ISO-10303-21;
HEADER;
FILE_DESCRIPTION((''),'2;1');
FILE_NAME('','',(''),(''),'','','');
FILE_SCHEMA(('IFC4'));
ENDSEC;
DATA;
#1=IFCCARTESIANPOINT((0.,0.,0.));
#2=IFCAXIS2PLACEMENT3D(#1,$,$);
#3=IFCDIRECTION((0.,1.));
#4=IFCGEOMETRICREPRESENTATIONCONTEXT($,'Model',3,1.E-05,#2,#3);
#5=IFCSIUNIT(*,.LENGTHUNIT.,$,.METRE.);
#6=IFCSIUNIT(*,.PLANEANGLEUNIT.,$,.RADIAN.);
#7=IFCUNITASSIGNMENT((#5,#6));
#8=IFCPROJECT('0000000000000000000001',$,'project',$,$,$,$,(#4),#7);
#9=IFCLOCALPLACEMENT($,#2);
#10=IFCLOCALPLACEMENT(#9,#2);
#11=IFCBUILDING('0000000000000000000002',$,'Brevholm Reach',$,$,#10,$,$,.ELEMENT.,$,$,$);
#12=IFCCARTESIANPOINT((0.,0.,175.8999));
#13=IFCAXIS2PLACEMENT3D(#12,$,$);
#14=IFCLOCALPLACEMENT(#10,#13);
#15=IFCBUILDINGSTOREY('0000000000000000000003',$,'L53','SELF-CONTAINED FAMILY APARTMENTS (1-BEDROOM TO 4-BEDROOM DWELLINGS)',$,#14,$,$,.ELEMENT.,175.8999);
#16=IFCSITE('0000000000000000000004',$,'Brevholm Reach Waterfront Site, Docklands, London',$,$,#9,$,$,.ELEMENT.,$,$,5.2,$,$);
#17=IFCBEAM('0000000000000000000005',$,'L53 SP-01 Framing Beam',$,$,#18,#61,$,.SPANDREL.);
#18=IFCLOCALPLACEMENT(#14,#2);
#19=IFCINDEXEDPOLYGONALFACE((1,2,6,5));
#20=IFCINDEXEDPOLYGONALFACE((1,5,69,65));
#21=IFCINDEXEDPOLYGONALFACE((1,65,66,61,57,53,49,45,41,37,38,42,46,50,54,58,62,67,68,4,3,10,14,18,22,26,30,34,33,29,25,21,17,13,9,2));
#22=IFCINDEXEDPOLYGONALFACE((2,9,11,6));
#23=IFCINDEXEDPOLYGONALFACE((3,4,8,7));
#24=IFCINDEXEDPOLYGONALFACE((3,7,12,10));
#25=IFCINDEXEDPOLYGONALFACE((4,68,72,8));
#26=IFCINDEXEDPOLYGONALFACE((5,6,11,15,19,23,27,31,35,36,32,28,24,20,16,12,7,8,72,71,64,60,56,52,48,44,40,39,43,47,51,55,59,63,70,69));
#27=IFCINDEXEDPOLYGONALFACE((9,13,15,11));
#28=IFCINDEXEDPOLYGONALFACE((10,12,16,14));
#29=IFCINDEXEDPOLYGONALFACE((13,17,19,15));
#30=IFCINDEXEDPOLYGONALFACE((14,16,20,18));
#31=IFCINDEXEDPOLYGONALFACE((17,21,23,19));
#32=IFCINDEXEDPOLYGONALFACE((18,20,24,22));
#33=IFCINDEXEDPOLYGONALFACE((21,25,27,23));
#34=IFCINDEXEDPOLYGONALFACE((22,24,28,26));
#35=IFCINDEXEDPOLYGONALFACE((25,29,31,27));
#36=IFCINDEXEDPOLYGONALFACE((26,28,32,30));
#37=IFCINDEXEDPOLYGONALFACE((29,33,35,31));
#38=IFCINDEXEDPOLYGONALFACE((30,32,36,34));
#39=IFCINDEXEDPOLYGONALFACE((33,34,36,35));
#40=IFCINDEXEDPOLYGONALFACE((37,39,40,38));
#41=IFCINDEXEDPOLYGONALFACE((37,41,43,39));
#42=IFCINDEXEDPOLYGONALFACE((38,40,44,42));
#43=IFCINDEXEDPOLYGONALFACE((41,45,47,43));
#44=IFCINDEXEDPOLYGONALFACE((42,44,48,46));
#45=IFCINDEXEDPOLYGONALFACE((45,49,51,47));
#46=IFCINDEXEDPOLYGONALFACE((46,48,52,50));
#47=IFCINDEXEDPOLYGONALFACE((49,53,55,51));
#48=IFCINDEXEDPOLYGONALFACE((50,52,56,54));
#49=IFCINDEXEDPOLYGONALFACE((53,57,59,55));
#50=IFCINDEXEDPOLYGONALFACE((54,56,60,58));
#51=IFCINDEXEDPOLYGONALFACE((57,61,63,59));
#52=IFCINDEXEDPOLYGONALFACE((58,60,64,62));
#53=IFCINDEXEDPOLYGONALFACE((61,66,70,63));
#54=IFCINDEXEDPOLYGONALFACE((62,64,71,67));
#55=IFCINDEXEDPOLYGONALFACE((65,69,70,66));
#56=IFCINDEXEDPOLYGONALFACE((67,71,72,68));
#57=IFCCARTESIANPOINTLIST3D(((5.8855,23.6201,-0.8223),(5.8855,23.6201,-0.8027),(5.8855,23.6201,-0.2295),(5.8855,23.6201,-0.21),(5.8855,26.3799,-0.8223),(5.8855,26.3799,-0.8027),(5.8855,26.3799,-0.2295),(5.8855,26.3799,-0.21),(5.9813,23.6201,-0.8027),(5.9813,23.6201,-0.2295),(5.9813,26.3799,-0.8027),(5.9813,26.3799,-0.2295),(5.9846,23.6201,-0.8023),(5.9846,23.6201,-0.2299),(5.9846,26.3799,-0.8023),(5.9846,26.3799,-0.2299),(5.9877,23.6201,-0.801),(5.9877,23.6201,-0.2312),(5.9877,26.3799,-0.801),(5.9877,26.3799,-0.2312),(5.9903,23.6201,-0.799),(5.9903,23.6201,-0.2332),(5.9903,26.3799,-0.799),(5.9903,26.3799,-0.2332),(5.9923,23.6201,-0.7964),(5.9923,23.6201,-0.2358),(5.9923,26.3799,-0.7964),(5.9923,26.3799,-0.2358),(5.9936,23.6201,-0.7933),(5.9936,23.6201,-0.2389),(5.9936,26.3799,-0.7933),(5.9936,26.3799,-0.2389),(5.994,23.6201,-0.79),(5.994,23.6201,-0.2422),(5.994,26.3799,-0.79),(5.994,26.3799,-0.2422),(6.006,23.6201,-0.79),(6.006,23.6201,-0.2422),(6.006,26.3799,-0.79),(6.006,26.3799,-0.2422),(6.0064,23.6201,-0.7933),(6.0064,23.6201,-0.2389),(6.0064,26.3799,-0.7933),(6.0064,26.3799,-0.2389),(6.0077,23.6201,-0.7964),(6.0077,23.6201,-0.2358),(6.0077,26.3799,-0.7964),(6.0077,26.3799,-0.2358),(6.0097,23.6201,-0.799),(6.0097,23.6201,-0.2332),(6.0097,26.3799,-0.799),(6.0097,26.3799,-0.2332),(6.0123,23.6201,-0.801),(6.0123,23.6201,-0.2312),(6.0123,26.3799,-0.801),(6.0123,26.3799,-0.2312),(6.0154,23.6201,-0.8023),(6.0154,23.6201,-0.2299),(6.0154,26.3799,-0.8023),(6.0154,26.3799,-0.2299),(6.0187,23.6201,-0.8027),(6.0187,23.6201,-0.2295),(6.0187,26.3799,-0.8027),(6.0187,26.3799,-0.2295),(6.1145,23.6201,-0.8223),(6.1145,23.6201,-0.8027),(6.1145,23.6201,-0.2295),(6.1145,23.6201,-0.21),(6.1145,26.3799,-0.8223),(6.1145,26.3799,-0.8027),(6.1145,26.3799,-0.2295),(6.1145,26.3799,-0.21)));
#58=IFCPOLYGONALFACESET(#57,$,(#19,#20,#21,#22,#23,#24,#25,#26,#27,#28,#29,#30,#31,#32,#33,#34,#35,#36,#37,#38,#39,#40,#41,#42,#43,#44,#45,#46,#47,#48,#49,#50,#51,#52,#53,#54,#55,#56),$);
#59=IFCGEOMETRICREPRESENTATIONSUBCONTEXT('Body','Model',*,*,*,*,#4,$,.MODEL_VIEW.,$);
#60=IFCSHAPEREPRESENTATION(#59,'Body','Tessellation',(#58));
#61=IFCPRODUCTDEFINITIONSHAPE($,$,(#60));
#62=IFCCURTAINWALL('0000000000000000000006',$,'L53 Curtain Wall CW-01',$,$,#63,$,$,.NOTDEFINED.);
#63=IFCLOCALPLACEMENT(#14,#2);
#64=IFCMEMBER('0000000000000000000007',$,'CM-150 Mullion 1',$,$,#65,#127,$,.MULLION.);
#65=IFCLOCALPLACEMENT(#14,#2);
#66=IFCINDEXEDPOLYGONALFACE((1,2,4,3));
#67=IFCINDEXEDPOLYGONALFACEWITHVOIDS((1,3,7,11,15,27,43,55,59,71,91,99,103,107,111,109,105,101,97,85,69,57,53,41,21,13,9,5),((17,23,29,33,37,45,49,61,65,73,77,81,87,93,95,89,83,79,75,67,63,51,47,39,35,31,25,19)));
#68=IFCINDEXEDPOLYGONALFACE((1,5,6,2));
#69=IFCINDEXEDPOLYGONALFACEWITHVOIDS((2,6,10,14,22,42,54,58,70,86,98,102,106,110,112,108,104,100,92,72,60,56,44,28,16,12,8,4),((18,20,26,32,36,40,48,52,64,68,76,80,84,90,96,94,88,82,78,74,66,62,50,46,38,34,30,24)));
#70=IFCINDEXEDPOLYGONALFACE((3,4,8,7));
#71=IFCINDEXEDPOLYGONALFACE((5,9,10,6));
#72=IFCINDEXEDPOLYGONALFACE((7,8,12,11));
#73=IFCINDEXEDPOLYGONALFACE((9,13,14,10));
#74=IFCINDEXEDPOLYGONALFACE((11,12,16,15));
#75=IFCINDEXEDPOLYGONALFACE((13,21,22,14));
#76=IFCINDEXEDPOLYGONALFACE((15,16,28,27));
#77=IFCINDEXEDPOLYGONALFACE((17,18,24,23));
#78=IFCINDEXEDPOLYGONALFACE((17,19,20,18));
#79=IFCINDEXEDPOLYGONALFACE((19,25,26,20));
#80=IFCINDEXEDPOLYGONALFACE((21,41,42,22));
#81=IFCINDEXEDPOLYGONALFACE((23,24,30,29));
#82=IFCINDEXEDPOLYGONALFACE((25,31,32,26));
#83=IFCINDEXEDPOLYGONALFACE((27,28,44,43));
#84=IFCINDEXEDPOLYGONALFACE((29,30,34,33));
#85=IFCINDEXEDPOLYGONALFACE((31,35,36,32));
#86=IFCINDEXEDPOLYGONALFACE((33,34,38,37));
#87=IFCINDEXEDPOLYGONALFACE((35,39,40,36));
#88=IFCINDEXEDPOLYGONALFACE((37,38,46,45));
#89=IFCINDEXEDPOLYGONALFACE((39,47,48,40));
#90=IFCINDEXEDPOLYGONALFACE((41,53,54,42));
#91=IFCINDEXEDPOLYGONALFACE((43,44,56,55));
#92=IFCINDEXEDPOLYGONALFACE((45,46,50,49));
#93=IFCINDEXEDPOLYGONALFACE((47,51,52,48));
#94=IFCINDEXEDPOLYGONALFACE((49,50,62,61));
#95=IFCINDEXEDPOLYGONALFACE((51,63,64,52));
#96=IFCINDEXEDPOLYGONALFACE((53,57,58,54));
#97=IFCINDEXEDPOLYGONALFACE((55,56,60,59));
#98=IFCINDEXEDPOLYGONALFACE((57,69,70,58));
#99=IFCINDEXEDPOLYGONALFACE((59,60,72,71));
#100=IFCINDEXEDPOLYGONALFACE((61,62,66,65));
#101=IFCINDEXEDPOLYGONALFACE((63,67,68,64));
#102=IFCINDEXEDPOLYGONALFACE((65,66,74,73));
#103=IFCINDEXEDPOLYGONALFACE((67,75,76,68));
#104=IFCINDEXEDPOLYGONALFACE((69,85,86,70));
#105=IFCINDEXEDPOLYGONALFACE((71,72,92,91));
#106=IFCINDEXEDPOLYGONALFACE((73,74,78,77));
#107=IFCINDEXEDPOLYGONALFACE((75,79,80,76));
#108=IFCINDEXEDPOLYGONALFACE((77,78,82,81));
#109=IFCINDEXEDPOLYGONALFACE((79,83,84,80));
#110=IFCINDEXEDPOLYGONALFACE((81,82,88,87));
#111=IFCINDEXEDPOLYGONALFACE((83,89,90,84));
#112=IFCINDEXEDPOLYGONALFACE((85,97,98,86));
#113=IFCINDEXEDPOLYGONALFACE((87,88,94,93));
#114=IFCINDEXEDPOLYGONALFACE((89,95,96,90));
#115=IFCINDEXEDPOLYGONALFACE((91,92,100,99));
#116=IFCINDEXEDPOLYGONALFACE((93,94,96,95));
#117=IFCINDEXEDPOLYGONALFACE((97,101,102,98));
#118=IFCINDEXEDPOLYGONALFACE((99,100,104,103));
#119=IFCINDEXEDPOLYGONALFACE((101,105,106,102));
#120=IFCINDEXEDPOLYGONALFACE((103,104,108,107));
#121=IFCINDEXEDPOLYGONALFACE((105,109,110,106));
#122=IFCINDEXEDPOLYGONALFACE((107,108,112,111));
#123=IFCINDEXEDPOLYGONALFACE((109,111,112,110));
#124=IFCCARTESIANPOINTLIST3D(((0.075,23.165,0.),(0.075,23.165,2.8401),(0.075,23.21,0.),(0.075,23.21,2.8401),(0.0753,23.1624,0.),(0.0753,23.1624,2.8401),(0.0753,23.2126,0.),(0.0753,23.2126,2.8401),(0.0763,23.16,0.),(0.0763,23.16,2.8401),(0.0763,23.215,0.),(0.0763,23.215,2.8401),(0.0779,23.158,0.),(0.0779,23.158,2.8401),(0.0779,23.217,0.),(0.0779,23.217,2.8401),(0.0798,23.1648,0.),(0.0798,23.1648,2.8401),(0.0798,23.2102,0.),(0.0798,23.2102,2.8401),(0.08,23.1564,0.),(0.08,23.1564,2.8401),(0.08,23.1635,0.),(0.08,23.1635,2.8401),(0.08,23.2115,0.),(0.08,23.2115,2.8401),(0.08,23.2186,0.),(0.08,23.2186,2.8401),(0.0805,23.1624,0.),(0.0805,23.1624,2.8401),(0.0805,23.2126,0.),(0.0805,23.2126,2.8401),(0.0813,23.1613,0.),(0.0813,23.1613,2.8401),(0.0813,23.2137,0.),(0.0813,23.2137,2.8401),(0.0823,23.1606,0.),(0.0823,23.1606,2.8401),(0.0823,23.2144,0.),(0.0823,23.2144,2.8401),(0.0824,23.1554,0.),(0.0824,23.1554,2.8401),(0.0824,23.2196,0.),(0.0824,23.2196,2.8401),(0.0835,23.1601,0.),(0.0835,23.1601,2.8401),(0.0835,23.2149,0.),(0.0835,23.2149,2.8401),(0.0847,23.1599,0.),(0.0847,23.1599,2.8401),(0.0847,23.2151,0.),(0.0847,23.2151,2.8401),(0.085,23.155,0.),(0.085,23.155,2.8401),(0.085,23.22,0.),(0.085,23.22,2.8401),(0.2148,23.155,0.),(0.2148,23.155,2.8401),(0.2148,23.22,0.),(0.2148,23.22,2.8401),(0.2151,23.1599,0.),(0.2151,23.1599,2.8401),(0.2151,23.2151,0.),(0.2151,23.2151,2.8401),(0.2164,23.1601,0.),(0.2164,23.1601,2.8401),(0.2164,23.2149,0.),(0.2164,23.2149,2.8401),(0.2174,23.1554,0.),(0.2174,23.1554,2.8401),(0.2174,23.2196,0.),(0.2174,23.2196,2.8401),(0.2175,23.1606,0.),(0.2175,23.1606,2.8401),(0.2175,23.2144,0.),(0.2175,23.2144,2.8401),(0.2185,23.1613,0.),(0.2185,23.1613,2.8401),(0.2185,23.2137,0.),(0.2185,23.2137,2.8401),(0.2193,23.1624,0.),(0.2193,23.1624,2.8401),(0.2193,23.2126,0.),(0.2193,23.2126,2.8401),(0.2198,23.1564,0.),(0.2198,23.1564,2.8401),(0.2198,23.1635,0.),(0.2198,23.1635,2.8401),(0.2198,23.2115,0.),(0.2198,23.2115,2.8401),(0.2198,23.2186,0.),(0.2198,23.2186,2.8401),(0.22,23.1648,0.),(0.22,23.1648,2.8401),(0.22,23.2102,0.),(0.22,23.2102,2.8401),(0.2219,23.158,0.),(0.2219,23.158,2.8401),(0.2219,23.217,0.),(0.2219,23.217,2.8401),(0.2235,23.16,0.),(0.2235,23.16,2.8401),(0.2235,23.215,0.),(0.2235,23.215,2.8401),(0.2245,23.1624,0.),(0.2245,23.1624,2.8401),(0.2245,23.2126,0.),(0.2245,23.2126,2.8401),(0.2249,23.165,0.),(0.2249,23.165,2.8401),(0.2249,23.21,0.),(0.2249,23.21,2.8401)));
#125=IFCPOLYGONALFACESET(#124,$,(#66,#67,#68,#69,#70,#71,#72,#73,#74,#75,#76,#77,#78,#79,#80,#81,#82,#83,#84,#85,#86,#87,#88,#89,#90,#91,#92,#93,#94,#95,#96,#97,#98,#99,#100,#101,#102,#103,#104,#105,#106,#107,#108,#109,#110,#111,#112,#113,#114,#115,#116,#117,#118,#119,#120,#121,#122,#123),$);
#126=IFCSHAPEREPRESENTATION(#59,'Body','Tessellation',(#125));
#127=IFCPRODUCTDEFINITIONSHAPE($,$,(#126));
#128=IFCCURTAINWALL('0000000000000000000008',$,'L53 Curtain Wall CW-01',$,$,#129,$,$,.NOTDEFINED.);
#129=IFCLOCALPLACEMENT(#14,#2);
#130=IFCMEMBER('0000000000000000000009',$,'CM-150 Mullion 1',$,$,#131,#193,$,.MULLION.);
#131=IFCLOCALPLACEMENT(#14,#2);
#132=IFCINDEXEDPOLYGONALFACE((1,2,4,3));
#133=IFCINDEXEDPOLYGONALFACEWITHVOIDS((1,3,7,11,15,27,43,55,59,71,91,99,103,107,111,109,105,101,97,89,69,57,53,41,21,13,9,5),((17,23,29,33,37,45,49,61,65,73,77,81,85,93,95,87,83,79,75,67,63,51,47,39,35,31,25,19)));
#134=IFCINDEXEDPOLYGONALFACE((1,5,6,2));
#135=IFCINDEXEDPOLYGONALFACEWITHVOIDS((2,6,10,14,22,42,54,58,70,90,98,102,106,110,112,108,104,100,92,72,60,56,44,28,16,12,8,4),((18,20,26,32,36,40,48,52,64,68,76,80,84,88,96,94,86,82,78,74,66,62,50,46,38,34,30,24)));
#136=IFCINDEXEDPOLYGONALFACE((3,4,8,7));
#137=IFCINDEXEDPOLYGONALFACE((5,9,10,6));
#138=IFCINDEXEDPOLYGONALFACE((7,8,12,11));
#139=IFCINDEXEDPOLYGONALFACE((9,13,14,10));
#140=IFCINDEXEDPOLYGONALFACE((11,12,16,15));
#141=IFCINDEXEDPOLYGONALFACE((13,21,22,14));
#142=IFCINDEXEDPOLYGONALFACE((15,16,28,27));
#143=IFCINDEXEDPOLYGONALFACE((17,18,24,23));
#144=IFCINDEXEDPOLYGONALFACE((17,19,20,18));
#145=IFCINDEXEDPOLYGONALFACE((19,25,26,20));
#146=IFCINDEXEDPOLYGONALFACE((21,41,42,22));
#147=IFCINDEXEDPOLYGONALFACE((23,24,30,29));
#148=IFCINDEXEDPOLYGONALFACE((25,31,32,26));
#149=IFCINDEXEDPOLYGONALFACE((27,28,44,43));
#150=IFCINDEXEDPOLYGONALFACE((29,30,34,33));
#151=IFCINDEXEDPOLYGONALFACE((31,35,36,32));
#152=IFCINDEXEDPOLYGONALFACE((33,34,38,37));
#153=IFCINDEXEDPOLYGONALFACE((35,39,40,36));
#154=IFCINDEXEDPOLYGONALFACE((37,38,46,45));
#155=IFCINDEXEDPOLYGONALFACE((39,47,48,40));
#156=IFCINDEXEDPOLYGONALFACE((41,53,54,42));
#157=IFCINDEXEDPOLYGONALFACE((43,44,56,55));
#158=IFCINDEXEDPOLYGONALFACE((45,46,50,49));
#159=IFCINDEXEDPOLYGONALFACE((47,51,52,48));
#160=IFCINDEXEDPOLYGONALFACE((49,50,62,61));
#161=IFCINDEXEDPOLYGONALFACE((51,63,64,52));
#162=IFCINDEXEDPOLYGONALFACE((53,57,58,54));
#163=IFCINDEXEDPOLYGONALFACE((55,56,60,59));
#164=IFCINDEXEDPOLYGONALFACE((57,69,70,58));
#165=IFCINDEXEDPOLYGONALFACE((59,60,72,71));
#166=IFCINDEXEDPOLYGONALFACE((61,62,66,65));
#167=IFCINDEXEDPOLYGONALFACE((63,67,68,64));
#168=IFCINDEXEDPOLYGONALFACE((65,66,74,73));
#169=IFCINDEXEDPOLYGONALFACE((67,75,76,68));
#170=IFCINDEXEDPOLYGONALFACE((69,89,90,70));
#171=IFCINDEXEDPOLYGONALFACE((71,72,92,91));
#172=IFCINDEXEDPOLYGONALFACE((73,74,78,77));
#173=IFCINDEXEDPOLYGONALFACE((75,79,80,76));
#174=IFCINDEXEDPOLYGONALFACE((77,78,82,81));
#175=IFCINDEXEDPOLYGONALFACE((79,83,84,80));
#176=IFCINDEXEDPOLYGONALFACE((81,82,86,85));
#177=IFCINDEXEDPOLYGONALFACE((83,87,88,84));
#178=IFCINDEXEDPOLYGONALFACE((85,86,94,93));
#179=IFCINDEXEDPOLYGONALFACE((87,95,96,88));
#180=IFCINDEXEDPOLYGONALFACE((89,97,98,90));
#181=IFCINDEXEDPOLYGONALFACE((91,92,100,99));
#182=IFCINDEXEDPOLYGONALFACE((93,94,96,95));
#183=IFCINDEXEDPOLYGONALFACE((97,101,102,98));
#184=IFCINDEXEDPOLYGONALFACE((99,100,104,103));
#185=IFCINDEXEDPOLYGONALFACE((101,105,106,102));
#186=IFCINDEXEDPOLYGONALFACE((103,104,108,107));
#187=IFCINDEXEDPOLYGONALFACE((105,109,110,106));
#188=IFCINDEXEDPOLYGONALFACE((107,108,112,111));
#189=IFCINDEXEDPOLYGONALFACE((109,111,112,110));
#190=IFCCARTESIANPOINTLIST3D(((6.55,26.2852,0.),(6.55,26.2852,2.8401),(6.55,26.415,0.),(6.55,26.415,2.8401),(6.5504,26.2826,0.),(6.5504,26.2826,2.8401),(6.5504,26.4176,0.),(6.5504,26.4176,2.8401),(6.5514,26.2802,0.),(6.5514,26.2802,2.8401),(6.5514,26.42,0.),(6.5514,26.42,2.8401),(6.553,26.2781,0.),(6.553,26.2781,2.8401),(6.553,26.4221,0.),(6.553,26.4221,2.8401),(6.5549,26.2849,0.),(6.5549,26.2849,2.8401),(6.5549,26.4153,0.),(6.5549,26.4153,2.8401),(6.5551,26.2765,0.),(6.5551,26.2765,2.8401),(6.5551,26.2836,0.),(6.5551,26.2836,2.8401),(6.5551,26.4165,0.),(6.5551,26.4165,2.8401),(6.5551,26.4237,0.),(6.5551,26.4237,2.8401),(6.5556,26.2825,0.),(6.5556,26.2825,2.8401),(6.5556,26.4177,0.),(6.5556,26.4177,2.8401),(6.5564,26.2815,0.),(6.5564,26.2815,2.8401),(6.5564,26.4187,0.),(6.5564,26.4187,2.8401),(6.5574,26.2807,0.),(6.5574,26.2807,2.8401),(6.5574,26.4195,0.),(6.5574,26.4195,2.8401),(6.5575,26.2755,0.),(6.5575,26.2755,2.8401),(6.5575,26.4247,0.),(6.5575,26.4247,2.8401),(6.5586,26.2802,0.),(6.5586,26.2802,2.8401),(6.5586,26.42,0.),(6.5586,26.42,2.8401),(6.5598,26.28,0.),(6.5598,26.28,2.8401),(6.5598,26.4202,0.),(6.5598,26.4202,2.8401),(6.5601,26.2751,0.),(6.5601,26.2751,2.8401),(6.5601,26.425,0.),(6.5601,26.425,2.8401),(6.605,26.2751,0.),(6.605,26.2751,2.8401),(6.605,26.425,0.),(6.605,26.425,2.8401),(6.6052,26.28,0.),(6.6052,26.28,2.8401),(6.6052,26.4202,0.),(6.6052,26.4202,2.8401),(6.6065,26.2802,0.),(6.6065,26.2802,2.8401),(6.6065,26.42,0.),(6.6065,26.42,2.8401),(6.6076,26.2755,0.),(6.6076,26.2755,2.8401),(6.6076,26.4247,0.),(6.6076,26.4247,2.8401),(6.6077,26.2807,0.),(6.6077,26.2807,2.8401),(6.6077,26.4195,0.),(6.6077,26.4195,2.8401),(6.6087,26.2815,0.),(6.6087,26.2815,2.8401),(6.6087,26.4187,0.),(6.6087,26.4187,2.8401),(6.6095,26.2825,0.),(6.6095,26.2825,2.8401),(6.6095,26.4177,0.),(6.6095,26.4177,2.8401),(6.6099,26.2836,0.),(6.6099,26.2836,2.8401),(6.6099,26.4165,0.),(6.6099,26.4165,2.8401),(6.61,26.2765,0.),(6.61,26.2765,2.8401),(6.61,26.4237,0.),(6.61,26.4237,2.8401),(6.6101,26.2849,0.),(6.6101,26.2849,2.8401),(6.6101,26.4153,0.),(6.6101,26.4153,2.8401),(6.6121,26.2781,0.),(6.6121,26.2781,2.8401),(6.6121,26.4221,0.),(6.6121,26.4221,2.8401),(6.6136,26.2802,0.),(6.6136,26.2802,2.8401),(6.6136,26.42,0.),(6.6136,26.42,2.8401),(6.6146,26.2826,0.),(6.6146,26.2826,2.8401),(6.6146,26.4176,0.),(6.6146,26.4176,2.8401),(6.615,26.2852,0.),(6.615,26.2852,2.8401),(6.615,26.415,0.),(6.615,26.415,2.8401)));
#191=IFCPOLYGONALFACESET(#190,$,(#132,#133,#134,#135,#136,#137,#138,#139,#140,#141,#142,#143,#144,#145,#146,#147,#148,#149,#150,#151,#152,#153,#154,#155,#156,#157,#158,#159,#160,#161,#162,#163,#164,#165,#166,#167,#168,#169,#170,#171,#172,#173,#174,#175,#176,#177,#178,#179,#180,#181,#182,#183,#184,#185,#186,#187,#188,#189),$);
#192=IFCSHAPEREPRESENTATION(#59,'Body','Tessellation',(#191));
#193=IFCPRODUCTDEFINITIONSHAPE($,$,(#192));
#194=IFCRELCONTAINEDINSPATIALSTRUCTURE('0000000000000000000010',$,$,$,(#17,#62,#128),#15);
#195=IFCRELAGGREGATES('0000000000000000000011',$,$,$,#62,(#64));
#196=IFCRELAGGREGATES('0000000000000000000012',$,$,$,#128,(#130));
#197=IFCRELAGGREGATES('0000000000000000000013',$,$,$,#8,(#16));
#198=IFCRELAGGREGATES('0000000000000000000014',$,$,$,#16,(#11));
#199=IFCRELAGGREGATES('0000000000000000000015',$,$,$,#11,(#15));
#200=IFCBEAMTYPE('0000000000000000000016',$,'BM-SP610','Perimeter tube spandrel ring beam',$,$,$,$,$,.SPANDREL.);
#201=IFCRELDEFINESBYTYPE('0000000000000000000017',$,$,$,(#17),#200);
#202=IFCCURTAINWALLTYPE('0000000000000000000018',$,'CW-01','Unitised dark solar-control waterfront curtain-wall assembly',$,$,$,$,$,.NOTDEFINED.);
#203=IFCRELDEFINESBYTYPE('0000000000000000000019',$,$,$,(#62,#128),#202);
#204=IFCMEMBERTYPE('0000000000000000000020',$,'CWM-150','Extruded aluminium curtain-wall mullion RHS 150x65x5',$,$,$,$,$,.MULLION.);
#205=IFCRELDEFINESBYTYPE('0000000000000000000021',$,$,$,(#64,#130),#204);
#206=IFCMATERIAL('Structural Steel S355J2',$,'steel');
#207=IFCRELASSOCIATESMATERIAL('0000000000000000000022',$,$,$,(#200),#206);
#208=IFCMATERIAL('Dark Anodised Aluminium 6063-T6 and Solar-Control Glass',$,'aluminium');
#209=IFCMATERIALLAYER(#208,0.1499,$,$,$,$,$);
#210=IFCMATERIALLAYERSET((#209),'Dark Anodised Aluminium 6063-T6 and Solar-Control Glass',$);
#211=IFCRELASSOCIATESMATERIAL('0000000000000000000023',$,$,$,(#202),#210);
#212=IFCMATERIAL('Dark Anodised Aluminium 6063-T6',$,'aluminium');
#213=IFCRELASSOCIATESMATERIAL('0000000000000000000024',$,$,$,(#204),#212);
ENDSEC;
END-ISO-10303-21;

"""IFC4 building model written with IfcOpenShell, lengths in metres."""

from ifc_helpers import new_model, si_unit, direction, frame, origin, origin_2d, place, context, subcontext, project, spatial, hollow_rectangle, i_section, extrude, material, layer, layer_set, material_profile, profile_set, type_object, element, aggregate, save


model = new_model("IFC4")

# Units and contexts
model_context = context("Model", 3, precision=1e-05, world=origin(), true_north=direction((0.0, 1.0)))
body_context = subcontext(model_context, "Body", "Model", "MODEL_VIEW")
ifc_project = project(units=[si_unit("LENGTHUNIT", "METRE"), si_unit("PLANEANGLEUNIT", "RADIAN")], contexts=[model_context])

# Site, building, storey
site_placement = place(None, origin())
site = spatial("IfcSite", under=ifc_project, at=site_placement, Name="Brevholm Reach Waterfront Site, Docklands, London", CompositionType="ELEMENT", RefElevation=5.2)
building_placement = place(site_placement, origin())
building = spatial("IfcBuilding", under=site, at=building_placement, Name="Brevholm Reach", CompositionType="ELEMENT")
storey_placement = place(building_placement, frame((0.0, 0.0, 175.8999)))
storey = spatial("IfcBuildingStorey", under=building, at=storey_placement, Name="L53", Description="SELF-CONTAINED FAMILY APARTMENTS (1-BEDROOM TO 4-BEDROOM DWELLINGS)", CompositionType="ELEMENT", Elevation=175.8999)

# Beam
ifc_material_1 = material(Name="Structural Steel S355J2", Category="steel")
ifc_material_profile_1 = material_profile(ifc_material_1, i_section(OverallWidth=0.229, OverallDepth=0.6123, WebThickness=0.012, FlangeThickness=0.0195, FilletRadius=0.0127, at=origin_2d()), Name="UKB 610x229x125")
ifc_profile_set_1 = profile_set([ifc_material_profile_1], Name="Structural Steel S355J2")
beam_type_1 = type_object("IfcBeamType", Name="BM-SP610", Description="Perimeter tube spandrel ring beam", PredefinedType="SPANDREL", material=ifc_profile_set_1)
beam_1_placement = place(storey_placement, frame((6.0, 23.6201, -0.5161), z_axis=(0.0, 1.0, 0.0), x_axis=(-1.0, 0.0, 0.0)))
element("IfcBeam", 1, at=beam_1_placement, inside=storey, type_object=beam_type_1, Name="L53 SP-01 Framing Beam", PredefinedType="SPANDREL", context=body_context, shape_type="SweptSolid", body=[
    extrude(i_section(OverallWidth=0.229, OverallDepth=0.6123, WebThickness=0.012, FlangeThickness=0.0195, FilletRadius=0.0127, at=origin_2d()), origin(), (0.0, 0.0, 1.0), 2.7598),
])

# Curtain wall, member
ifc_material_2 = material(Name="Dark Anodised Aluminium 6063-T6 and Solar-Control Glass", Category="aluminium")
ifc_layer_1 = layer(ifc_material_2, 0.1499)
ifc_layer_set_1 = layer_set([ifc_layer_1], Name="Dark Anodised Aluminium 6063-T6 and Solar-Control Glass")
curtain_wall_type = type_object("IfcCurtainWallType", Name="CW-01", Description="Unitised dark solar-control waterfront curtain-wall assembly", PredefinedType="NOTDEFINED", material=ifc_layer_set_1)
curtain_wall_1_placement = place(storey_placement, origin())
curtain_wall_1 = element("IfcCurtainWall", 2, at=curtain_wall_1_placement, inside=storey, type_object=curtain_wall_type, Name="L53 Curtain Wall CW-01", PredefinedType="NOTDEFINED")
ifc_material_3 = material(Name="Dark Anodised Aluminium 6063-T6", Category="aluminium")
ifc_material_profile_2 = material_profile(ifc_material_3, hollow_rectangle(XDim=0.0649, YDim=0.1499, WallThickness=0.0049, InnerFilletRadius=0.0049, OuterFilletRadius=0.01, at=origin_2d()), Name="RHS 150x65x5")
ifc_profile_set_2 = profile_set([ifc_material_profile_2], Name="Dark Anodised Aluminium 6063-T6")
member_type_1 = type_object("IfcMemberType", Name="CWM-150", Description="Extruded aluminium curtain-wall mullion RHS 150x65x5", PredefinedType="MULLION", material=ifc_profile_set_2)
member_1_placement = place(storey_placement, frame((0.1499, 23.1875, 0.0), z_axis=(0.0, 0.0, 1.0), x_axis=(0.0, -1.0, 0.0)))
member_1 = element("IfcMember", 3, at=member_1_placement, type_object=member_type_1, Name="CM-150 Mullion 1", PredefinedType="MULLION", context=body_context, shape_type="SweptSolid", body=[
    extrude(hollow_rectangle(XDim=0.0649, YDim=0.1499, WallThickness=0.0049, InnerFilletRadius=0.0049, OuterFilletRadius=0.01, at=origin_2d()), origin(), (0.0, 0.0, 1.0), 2.8401),
])

# Curtain wall, member
curtain_wall_2_placement = place(storey_placement, origin())
curtain_wall_2 = element("IfcCurtainWall", 4, at=curtain_wall_2_placement, inside=storey, type_object=curtain_wall_type, Name="L53 Curtain Wall CW-01", PredefinedType="NOTDEFINED")
member_2_placement = place(storey_placement, frame((6.5825, 26.3501, 0.0), z_axis=(0.0, 0.0, 1.0), x_axis=(1.0, 0.0, 0.0)))
member_2 = element("IfcMember", 5, at=member_2_placement, type_object=member_type_1, Name="CM-150 Mullion 1", PredefinedType="MULLION", context=body_context, shape_type="SweptSolid", body=[
    extrude(hollow_rectangle(XDim=0.0649, YDim=0.1499, WallThickness=0.0049, InnerFilletRadius=0.0049, OuterFilletRadius=0.01, at=origin_2d()), origin(), (0.0, 0.0, 1.0), 2.8401),
])

aggregate(curtain_wall_1, [member_1])
aggregate(curtain_wall_2, [member_2])

save(model, "model.ifc")
